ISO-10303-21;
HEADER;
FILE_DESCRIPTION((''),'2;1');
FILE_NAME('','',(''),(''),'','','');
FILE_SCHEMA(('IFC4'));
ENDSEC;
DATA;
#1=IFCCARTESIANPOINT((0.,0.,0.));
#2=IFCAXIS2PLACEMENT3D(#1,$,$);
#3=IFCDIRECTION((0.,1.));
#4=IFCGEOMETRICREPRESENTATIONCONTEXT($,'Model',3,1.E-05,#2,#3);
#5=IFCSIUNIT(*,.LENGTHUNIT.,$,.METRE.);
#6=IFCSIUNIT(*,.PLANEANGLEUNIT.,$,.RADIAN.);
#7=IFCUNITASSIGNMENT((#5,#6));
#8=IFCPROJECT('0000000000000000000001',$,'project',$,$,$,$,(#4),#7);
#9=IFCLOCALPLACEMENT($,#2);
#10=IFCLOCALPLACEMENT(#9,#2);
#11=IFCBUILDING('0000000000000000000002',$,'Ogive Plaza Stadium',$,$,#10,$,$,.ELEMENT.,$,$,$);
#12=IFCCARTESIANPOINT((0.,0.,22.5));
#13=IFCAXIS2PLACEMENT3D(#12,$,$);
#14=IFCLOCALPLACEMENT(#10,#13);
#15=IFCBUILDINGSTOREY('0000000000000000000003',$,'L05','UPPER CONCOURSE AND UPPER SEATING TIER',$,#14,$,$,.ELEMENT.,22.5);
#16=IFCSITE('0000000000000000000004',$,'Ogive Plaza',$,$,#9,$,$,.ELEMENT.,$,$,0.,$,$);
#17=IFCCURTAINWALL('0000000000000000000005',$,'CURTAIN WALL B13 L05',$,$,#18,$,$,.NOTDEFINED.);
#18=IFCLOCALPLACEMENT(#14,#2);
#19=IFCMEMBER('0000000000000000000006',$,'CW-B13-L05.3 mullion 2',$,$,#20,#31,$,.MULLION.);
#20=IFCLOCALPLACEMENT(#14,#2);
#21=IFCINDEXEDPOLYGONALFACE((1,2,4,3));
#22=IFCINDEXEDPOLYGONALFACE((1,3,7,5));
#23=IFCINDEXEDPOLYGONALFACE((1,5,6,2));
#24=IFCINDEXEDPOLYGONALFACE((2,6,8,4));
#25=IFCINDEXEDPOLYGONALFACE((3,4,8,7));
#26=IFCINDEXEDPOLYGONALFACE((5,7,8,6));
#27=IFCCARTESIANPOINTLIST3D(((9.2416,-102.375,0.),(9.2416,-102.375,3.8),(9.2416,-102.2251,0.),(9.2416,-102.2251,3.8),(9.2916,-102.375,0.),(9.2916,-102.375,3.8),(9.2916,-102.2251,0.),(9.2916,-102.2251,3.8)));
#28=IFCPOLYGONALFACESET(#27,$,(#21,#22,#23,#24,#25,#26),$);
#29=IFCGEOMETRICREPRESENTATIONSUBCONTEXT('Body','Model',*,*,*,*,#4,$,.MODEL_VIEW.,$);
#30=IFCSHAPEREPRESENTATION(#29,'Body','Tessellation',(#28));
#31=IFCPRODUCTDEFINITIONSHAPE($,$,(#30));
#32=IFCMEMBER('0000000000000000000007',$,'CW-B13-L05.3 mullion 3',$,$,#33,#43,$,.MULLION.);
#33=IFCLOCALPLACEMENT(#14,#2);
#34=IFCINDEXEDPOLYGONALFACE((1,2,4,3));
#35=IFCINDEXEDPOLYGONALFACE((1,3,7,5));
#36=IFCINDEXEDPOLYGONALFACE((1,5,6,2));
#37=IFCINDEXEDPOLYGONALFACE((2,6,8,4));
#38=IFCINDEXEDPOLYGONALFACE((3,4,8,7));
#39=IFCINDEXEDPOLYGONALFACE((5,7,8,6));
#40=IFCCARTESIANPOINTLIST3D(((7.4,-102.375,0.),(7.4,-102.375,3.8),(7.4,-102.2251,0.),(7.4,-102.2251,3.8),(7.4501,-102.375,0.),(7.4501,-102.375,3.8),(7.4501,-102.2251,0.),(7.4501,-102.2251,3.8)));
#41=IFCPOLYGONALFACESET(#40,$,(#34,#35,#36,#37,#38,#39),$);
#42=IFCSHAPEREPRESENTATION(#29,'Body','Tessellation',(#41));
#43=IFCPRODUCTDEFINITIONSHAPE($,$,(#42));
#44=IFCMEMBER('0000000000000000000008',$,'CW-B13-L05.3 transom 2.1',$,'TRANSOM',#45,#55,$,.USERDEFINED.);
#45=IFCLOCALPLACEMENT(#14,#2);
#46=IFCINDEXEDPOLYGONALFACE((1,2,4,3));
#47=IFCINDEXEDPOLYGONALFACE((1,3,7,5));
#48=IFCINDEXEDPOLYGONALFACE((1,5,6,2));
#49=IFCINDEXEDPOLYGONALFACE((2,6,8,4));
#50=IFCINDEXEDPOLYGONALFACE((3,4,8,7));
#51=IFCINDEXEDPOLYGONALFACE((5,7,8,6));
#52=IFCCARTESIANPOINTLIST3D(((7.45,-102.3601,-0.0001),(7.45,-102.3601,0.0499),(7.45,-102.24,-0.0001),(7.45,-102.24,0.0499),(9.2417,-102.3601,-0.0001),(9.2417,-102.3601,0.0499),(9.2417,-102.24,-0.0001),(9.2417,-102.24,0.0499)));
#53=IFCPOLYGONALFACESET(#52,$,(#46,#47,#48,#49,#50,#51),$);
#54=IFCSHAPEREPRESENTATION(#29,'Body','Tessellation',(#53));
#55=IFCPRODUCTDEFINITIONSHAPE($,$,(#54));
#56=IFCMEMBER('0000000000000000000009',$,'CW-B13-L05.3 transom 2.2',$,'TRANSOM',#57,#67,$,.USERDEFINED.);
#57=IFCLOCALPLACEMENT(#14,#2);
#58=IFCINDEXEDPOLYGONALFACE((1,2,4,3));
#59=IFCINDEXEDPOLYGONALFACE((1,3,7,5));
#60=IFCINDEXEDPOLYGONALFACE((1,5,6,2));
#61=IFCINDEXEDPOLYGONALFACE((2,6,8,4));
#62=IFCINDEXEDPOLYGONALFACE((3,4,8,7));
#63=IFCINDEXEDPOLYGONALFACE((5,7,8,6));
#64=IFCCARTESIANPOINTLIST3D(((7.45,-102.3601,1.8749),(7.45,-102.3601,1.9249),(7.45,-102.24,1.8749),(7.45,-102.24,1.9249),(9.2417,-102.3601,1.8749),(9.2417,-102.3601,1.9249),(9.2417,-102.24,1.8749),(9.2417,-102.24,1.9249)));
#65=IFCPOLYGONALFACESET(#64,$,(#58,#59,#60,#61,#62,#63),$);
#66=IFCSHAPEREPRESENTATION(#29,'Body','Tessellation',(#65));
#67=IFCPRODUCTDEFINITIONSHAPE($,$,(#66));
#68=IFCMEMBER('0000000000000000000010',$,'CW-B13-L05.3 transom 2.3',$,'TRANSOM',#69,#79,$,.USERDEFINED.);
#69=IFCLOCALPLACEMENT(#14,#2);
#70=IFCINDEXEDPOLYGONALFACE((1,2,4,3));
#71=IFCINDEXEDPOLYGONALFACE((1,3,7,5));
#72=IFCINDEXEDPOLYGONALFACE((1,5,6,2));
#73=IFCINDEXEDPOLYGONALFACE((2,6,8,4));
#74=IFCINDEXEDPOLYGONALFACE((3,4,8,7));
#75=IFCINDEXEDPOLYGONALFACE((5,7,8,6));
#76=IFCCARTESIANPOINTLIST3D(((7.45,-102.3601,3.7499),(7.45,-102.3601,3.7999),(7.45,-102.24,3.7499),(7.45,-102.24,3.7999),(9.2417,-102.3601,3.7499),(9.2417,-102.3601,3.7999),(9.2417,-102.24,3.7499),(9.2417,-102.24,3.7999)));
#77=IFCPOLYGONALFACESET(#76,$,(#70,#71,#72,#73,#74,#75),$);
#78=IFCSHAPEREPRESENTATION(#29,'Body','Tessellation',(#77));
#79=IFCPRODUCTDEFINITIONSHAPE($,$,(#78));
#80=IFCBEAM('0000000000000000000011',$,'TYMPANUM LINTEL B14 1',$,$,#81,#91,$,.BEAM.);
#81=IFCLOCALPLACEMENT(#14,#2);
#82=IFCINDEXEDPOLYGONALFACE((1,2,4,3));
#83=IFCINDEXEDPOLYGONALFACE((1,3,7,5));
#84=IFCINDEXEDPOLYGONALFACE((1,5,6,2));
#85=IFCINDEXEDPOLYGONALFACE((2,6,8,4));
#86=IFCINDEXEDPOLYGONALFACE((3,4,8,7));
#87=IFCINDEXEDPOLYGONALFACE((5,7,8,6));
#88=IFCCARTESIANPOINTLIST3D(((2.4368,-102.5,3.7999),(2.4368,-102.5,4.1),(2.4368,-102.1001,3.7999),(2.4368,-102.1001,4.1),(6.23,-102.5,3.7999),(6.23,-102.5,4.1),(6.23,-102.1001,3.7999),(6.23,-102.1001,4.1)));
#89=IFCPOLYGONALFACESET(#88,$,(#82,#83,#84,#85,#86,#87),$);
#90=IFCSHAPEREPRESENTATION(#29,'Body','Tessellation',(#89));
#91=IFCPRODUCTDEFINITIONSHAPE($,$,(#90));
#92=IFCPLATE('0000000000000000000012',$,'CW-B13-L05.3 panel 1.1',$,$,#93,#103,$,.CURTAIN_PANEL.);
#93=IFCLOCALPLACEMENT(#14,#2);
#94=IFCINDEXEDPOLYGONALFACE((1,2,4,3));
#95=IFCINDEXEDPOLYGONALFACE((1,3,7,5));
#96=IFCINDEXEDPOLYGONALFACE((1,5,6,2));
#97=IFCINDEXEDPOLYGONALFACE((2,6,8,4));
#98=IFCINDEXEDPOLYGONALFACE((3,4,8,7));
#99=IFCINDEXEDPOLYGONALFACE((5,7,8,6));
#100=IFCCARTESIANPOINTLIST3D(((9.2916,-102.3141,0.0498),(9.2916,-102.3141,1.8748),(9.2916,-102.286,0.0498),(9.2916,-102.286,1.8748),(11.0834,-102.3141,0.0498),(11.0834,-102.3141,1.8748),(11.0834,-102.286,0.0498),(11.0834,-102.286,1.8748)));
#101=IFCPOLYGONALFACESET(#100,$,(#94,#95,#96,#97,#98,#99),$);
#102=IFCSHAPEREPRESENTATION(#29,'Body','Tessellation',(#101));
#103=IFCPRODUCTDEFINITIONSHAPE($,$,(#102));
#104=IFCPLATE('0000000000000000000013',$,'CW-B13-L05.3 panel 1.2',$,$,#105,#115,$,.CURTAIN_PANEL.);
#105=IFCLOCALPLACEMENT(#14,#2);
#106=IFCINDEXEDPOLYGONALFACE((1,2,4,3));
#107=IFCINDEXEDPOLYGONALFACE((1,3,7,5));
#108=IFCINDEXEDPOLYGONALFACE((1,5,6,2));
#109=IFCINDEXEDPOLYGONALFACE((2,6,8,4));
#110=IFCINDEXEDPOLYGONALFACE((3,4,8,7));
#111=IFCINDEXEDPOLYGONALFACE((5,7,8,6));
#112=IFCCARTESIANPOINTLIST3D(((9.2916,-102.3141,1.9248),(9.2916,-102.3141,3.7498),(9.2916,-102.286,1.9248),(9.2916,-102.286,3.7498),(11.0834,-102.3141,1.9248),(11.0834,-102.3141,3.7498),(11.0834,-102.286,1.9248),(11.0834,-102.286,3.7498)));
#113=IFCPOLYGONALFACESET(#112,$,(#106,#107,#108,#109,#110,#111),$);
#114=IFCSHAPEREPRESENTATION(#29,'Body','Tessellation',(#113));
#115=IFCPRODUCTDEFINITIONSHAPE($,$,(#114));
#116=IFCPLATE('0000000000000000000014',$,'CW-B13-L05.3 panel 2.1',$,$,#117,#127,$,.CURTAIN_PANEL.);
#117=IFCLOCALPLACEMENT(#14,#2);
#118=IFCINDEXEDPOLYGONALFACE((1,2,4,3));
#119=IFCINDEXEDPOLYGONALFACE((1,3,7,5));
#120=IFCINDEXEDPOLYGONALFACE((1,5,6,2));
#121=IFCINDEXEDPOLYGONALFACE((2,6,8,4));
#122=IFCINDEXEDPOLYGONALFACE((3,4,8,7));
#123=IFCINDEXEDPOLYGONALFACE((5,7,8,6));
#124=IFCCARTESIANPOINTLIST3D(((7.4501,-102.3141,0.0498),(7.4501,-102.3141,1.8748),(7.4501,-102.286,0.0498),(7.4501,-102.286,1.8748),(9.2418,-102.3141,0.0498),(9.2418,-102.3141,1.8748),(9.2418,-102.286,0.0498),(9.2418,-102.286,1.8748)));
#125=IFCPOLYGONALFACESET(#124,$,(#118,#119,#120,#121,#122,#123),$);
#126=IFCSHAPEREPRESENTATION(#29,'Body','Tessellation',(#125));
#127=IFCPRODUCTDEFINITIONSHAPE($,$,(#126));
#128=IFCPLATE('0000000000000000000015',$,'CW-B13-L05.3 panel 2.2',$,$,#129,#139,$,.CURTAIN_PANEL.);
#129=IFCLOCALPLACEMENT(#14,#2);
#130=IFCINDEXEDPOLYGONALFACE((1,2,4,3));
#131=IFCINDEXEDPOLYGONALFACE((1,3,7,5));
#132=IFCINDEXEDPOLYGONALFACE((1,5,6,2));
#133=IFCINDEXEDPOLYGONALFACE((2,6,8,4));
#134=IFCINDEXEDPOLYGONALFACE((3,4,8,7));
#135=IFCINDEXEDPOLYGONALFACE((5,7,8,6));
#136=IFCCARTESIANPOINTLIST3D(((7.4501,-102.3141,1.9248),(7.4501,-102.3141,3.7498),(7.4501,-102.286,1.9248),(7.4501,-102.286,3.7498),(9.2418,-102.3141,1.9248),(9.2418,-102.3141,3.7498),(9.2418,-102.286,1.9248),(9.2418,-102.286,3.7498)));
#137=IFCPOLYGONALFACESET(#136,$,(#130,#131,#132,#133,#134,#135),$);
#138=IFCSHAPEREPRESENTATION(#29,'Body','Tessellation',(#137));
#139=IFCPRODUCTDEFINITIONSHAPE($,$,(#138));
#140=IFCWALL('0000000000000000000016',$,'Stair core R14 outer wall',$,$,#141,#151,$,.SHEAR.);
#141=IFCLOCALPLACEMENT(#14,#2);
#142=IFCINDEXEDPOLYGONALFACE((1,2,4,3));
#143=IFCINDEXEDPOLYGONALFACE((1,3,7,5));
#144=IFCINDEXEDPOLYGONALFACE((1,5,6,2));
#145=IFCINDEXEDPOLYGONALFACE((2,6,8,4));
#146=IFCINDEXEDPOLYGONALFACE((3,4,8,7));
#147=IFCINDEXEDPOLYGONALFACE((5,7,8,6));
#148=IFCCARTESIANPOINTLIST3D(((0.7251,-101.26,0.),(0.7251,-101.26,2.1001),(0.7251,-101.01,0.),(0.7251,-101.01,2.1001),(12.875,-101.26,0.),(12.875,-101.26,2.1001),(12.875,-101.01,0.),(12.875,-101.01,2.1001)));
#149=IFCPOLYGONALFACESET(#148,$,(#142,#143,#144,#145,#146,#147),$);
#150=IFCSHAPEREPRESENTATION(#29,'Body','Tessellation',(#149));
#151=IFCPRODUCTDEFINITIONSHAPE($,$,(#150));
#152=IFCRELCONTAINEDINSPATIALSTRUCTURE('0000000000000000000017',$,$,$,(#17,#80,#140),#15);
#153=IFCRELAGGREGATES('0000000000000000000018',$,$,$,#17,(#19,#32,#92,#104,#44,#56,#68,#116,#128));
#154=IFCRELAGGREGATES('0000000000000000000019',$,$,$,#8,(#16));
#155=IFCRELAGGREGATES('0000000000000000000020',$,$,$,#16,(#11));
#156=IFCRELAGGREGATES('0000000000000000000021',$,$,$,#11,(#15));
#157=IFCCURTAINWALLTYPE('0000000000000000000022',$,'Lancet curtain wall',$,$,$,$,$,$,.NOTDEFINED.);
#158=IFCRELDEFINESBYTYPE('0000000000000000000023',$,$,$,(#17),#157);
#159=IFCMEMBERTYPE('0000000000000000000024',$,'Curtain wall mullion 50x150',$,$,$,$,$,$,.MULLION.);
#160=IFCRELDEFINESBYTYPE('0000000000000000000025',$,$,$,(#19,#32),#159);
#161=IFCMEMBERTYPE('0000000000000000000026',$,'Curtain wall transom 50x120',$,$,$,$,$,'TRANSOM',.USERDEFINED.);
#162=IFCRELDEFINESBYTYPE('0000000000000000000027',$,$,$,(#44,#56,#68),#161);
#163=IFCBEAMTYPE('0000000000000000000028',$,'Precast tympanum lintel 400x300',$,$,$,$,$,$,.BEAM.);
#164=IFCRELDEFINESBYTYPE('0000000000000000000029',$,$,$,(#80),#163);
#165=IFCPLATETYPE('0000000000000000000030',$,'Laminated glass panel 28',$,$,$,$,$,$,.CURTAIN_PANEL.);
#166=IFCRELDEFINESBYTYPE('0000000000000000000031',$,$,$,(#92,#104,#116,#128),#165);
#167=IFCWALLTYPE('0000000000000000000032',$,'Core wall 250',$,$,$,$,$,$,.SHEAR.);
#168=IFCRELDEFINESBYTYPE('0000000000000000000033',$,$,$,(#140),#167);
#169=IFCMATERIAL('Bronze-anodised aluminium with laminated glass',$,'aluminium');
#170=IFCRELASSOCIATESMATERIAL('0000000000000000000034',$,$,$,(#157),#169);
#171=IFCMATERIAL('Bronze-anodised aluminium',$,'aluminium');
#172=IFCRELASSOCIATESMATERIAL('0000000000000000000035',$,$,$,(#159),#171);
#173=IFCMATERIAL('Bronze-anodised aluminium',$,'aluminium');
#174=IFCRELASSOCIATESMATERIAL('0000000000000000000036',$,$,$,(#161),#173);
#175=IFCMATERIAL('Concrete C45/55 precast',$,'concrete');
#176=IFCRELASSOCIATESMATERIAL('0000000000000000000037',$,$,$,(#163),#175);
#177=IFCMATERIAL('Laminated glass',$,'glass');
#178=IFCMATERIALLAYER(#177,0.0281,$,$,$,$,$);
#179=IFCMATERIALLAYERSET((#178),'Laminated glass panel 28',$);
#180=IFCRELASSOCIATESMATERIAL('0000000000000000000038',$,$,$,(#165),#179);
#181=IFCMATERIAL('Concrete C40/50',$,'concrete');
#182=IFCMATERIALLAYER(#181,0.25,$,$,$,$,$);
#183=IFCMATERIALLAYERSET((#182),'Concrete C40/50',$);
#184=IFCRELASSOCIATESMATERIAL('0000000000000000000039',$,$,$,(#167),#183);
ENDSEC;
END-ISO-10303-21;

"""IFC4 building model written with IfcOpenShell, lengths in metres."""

from ifc_helpers import new_model, si_unit, direction, frame, frame_2d, origin, origin_2d, place, context, subcontext, project, spatial, rectangle, extrude, material, layer, layer_set, material_profile, profile_set, type_object, element, aggregate, save


model = new_model("IFC4")

# Units and contexts
model_context = context("Model", 3, precision=1e-05, world=origin(), true_north=direction((0.0, 1.0)))
body_context = subcontext(model_context, "Body", "Model", "MODEL_VIEW")
ifc_project = project(units=[si_unit("LENGTHUNIT", "METRE"), si_unit("PLANEANGLEUNIT", "RADIAN")], contexts=[model_context])

# Site, building, storey
site_placement = place(None, origin())
site = spatial("IfcSite", under=ifc_project, at=site_placement, Name="Ogive Plaza", CompositionType="ELEMENT", RefElevation=0.0)
building_placement = place(site_placement, origin())
building = spatial("IfcBuilding", under=site, at=building_placement, Name="Ogive Plaza Stadium", CompositionType="ELEMENT")
storey_placement = place(building_placement, frame((0.0, 0.0, 22.5)))
storey = spatial("IfcBuildingStorey", under=building, at=storey_placement, Name="L05", Description="UPPER CONCOURSE AND UPPER SEATING TIER", CompositionType="ELEMENT", Elevation=22.5)

# Curtain wall, members
ifc_material_1 = material(Name="Bronze-anodised aluminium with laminated glass", Category="aluminium")
curtain_wall_type = type_object("IfcCurtainWallType", Name="Lancet curtain wall", PredefinedType="NOTDEFINED", material=ifc_material_1)
curtain_wall_placement = place(storey_placement, origin())
curtain_wall = element("IfcCurtainWall", 1, at=curtain_wall_placement, inside=storey, type_object=curtain_wall_type, Name="CURTAIN WALL B13 L05", PredefinedType="NOTDEFINED")
ifc_material_2 = material(Name="Bronze-anodised aluminium", Category="aluminium")
ifc_material_profile_1 = material_profile(ifc_material_2, rectangle(XDim=0.1499, YDim=0.05, at=origin_2d()), Name="AL 150x50")
ifc_profile_set_1 = profile_set([ifc_material_profile_1], Name="Bronze-anodised aluminium")
member_type_1 = type_object("IfcMemberType", Name="Curtain wall mullion 50x150", PredefinedType="MULLION", material=ifc_profile_set_1)
member_1_placement = place(storey_placement, frame((9.2666, -102.3, 0.0), z_axis=(0.0, 0.0, 1.0), x_axis=(0.0, -1.0, 0.0)))
member_1 = element("IfcMember", 2, at=member_1_placement, type_object=member_type_1, Name="CW-B13-L05.3 mullion 2", PredefinedType="MULLION", context=body_context, shape_type="SweptSolid", body=[
    extrude(rectangle(XDim=0.1499, YDim=0.05, at=origin_2d()), origin(), (0.0, 0.0, 1.0), 3.8),
])
member_2_placement = place(storey_placement, frame((7.425, -102.3, 0.0), z_axis=(0.0, 0.0, 1.0), x_axis=(0.0, -1.0, 0.0)))
member_2 = element("IfcMember", 3, at=member_2_placement, type_object=member_type_1, Name="CW-B13-L05.3 mullion 3", PredefinedType="MULLION", context=body_context, shape_type="SweptSolid", body=[
    extrude(rectangle(XDim=0.1499, YDim=0.05, at=origin_2d()), origin(), (0.0, 0.0, 1.0), 3.8),
])
ifc_material_3 = material(Name="Bronze-anodised aluminium", Category="aluminium")
ifc_material_profile_2 = material_profile(ifc_material_3, rectangle(XDim=0.1201, YDim=0.05, at=origin_2d()), Name="AL 120x50")
ifc_profile_set_2 = profile_set([ifc_material_profile_2], Name="Bronze-anodised aluminium")
member_type_2 = type_object("IfcMemberType", Name="Curtain wall transom 50x120", ElementType="TRANSOM", PredefinedType="USERDEFINED", material=ifc_profile_set_2)
member_3_placement = place(storey_placement, frame((9.2417, -102.3, 0.0249), z_axis=(-1.0, 0.0, 0.0), x_axis=(0.0, -1.0, 0.0)))
member_3 = element("IfcMember", 4, at=member_3_placement, type_object=member_type_2, Name="CW-B13-L05.3 transom 2.1", ObjectType="TRANSOM", PredefinedType="USERDEFINED", context=body_context, shape_type="SweptSolid", body=[
    extrude(rectangle(XDim=0.1201, YDim=0.05, at=origin_2d()), origin(), (0.0, 0.0, 1.0), 1.7917),
])
member_4_placement = place(storey_placement, frame((9.2417, -102.3, 1.8999), z_axis=(-1.0, 0.0, 0.0), x_axis=(0.0, -1.0, 0.0)))
member_4 = element("IfcMember", 5, at=member_4_placement, type_object=member_type_2, Name="CW-B13-L05.3 transom 2.2", ObjectType="TRANSOM", PredefinedType="USERDEFINED", context=body_context, shape_type="SweptSolid", body=[
    extrude(rectangle(XDim=0.1201, YDim=0.05, at=origin_2d()), origin(), (0.0, 0.0, 1.0), 1.7917),
])
member_5_placement = place(storey_placement, frame((9.2417, -102.3, 3.7749), z_axis=(-1.0, 0.0, 0.0), x_axis=(0.0, -1.0, 0.0)))
member_5 = element("IfcMember", 6, at=member_5_placement, type_object=member_type_2, Name="CW-B13-L05.3 transom 2.3", ObjectType="TRANSOM", PredefinedType="USERDEFINED", context=body_context, shape_type="SweptSolid", body=[
    extrude(rectangle(XDim=0.1201, YDim=0.05, at=origin_2d()), origin(), (0.0, 0.0, 1.0), 1.7917),
])

# Beam
ifc_material_4 = material(Name="Concrete C45/55 precast", Category="concrete")
ifc_material_profile_3 = material_profile(ifc_material_4, rectangle(XDim=0.3999, YDim=0.3, at=origin_2d()), Name="RC 400x300")
ifc_profile_set_3 = profile_set([ifc_material_profile_3], Name="Concrete C45/55 precast")
beam_type = type_object("IfcBeamType", Name="Precast tympanum lintel 400x300", PredefinedType="BEAM", material=ifc_profile_set_3)
beam_placement = place(storey_placement, frame((6.23, -102.3, 3.95), z_axis=(-1.0, 0.0, 0.0), x_axis=(0.0, -1.0, 0.0)))
element("IfcBeam", 7, at=beam_placement, inside=storey, type_object=beam_type, Name="TYMPANUM LINTEL B14 1", PredefinedType="BEAM", context=body_context, shape_type="SweptSolid", body=[
    extrude(rectangle(XDim=0.3999, YDim=0.3, at=origin_2d()), origin(), (0.0, 0.0, 1.0), 3.7932),
])

# Plates
ifc_material_5 = material(Name="Laminated glass", Category="glass")
ifc_layer_1 = layer(ifc_material_5, 0.0281)
ifc_layer_set_1 = layer_set([ifc_layer_1], Name="Laminated glass panel 28")
plate_type = type_object("IfcPlateType", Name="Laminated glass panel 28", PredefinedType="CURTAIN_PANEL", material=ifc_layer_set_1)
plate_1_placement = place(storey_placement, frame((10.1875, -102.3, 0.0498), z_axis=(0.0, 0.0, 1.0), x_axis=(-1.0, 0.0, 0.0)))
plate_1 = element("IfcPlate", 8, at=plate_1_placement, type_object=plate_type, Name="CW-B13-L05.3 panel 1.1", PredefinedType="CURTAIN_PANEL", context=body_context, shape_type="SweptSolid", body=[
    extrude(rectangle(XDim=1.7917, YDim=0.0281, at=origin_2d()), origin(), (0.0, 0.0, 1.0), 1.825),
])
plate_2_placement = place(storey_placement, frame((10.1875, -102.3, 1.9248), z_axis=(0.0, 0.0, 1.0), x_axis=(-1.0, 0.0, 0.0)))
plate_2 = element("IfcPlate", 9, at=plate_2_placement, type_object=plate_type, Name="CW-B13-L05.3 panel 1.2", PredefinedType="CURTAIN_PANEL", context=body_context, shape_type="SweptSolid", body=[
    extrude(rectangle(XDim=1.7917, YDim=0.0281, at=origin_2d()), origin(), (0.0, 0.0, 1.0), 1.825),
])
plate_3_placement = place(storey_placement, frame((8.3459, -102.3, 0.0498), z_axis=(0.0, 0.0, 1.0), x_axis=(-1.0, 0.0, 0.0)))
plate_3 = element("IfcPlate", 10, at=plate_3_placement, type_object=plate_type, Name="CW-B13-L05.3 panel 2.1", PredefinedType="CURTAIN_PANEL", context=body_context, shape_type="SweptSolid", body=[
    extrude(rectangle(XDim=1.7917, YDim=0.0281, at=origin_2d()), origin(), (0.0, 0.0, 1.0), 1.825),
])
plate_4_placement = place(storey_placement, frame((8.3459, -102.3, 1.9248), z_axis=(0.0, 0.0, 1.0), x_axis=(-1.0, 0.0, 0.0)))
plate_4 = element("IfcPlate", 11, at=plate_4_placement, type_object=plate_type, Name="CW-B13-L05.3 panel 2.2", PredefinedType="CURTAIN_PANEL", context=body_context, shape_type="SweptSolid", body=[
    extrude(rectangle(XDim=1.7917, YDim=0.0281, at=origin_2d()), origin(), (0.0, 0.0, 1.0), 1.825),
])
aggregate(curtain_wall, [member_1, member_2, plate_1, plate_2, member_3, member_4, member_5, plate_3, plate_4])

# Wall
ifc_material_6 = material(Name="Concrete C40/50", Category="concrete")
ifc_layer_2 = layer(ifc_material_6, 0.25)
ifc_layer_set_2 = layer_set([ifc_layer_2], Name="Concrete C40/50")
wall_type = type_object("IfcWallType", Name="Core wall 250", PredefinedType="SHEAR", material=ifc_layer_set_2)
wall_placement = place(storey_placement, frame((0.7251, -101.135, 0.0), z_axis=(0.0, 0.0, 1.0), x_axis=(1.0, 0.0, 0.0)))
element("IfcWall", 12, at=wall_placement, inside=storey, type_object=wall_type, Name="Stair core R14 outer wall", PredefinedType="SHEAR", context=body_context, shape_type="SweptSolid", body=[
    extrude(rectangle(XDim=12.1499, YDim=0.25, at=frame_2d((6.075, 0.0))), origin(), (0.0, 0.0, 1.0), 2.1001),
])

save(model, "model.ifc")
